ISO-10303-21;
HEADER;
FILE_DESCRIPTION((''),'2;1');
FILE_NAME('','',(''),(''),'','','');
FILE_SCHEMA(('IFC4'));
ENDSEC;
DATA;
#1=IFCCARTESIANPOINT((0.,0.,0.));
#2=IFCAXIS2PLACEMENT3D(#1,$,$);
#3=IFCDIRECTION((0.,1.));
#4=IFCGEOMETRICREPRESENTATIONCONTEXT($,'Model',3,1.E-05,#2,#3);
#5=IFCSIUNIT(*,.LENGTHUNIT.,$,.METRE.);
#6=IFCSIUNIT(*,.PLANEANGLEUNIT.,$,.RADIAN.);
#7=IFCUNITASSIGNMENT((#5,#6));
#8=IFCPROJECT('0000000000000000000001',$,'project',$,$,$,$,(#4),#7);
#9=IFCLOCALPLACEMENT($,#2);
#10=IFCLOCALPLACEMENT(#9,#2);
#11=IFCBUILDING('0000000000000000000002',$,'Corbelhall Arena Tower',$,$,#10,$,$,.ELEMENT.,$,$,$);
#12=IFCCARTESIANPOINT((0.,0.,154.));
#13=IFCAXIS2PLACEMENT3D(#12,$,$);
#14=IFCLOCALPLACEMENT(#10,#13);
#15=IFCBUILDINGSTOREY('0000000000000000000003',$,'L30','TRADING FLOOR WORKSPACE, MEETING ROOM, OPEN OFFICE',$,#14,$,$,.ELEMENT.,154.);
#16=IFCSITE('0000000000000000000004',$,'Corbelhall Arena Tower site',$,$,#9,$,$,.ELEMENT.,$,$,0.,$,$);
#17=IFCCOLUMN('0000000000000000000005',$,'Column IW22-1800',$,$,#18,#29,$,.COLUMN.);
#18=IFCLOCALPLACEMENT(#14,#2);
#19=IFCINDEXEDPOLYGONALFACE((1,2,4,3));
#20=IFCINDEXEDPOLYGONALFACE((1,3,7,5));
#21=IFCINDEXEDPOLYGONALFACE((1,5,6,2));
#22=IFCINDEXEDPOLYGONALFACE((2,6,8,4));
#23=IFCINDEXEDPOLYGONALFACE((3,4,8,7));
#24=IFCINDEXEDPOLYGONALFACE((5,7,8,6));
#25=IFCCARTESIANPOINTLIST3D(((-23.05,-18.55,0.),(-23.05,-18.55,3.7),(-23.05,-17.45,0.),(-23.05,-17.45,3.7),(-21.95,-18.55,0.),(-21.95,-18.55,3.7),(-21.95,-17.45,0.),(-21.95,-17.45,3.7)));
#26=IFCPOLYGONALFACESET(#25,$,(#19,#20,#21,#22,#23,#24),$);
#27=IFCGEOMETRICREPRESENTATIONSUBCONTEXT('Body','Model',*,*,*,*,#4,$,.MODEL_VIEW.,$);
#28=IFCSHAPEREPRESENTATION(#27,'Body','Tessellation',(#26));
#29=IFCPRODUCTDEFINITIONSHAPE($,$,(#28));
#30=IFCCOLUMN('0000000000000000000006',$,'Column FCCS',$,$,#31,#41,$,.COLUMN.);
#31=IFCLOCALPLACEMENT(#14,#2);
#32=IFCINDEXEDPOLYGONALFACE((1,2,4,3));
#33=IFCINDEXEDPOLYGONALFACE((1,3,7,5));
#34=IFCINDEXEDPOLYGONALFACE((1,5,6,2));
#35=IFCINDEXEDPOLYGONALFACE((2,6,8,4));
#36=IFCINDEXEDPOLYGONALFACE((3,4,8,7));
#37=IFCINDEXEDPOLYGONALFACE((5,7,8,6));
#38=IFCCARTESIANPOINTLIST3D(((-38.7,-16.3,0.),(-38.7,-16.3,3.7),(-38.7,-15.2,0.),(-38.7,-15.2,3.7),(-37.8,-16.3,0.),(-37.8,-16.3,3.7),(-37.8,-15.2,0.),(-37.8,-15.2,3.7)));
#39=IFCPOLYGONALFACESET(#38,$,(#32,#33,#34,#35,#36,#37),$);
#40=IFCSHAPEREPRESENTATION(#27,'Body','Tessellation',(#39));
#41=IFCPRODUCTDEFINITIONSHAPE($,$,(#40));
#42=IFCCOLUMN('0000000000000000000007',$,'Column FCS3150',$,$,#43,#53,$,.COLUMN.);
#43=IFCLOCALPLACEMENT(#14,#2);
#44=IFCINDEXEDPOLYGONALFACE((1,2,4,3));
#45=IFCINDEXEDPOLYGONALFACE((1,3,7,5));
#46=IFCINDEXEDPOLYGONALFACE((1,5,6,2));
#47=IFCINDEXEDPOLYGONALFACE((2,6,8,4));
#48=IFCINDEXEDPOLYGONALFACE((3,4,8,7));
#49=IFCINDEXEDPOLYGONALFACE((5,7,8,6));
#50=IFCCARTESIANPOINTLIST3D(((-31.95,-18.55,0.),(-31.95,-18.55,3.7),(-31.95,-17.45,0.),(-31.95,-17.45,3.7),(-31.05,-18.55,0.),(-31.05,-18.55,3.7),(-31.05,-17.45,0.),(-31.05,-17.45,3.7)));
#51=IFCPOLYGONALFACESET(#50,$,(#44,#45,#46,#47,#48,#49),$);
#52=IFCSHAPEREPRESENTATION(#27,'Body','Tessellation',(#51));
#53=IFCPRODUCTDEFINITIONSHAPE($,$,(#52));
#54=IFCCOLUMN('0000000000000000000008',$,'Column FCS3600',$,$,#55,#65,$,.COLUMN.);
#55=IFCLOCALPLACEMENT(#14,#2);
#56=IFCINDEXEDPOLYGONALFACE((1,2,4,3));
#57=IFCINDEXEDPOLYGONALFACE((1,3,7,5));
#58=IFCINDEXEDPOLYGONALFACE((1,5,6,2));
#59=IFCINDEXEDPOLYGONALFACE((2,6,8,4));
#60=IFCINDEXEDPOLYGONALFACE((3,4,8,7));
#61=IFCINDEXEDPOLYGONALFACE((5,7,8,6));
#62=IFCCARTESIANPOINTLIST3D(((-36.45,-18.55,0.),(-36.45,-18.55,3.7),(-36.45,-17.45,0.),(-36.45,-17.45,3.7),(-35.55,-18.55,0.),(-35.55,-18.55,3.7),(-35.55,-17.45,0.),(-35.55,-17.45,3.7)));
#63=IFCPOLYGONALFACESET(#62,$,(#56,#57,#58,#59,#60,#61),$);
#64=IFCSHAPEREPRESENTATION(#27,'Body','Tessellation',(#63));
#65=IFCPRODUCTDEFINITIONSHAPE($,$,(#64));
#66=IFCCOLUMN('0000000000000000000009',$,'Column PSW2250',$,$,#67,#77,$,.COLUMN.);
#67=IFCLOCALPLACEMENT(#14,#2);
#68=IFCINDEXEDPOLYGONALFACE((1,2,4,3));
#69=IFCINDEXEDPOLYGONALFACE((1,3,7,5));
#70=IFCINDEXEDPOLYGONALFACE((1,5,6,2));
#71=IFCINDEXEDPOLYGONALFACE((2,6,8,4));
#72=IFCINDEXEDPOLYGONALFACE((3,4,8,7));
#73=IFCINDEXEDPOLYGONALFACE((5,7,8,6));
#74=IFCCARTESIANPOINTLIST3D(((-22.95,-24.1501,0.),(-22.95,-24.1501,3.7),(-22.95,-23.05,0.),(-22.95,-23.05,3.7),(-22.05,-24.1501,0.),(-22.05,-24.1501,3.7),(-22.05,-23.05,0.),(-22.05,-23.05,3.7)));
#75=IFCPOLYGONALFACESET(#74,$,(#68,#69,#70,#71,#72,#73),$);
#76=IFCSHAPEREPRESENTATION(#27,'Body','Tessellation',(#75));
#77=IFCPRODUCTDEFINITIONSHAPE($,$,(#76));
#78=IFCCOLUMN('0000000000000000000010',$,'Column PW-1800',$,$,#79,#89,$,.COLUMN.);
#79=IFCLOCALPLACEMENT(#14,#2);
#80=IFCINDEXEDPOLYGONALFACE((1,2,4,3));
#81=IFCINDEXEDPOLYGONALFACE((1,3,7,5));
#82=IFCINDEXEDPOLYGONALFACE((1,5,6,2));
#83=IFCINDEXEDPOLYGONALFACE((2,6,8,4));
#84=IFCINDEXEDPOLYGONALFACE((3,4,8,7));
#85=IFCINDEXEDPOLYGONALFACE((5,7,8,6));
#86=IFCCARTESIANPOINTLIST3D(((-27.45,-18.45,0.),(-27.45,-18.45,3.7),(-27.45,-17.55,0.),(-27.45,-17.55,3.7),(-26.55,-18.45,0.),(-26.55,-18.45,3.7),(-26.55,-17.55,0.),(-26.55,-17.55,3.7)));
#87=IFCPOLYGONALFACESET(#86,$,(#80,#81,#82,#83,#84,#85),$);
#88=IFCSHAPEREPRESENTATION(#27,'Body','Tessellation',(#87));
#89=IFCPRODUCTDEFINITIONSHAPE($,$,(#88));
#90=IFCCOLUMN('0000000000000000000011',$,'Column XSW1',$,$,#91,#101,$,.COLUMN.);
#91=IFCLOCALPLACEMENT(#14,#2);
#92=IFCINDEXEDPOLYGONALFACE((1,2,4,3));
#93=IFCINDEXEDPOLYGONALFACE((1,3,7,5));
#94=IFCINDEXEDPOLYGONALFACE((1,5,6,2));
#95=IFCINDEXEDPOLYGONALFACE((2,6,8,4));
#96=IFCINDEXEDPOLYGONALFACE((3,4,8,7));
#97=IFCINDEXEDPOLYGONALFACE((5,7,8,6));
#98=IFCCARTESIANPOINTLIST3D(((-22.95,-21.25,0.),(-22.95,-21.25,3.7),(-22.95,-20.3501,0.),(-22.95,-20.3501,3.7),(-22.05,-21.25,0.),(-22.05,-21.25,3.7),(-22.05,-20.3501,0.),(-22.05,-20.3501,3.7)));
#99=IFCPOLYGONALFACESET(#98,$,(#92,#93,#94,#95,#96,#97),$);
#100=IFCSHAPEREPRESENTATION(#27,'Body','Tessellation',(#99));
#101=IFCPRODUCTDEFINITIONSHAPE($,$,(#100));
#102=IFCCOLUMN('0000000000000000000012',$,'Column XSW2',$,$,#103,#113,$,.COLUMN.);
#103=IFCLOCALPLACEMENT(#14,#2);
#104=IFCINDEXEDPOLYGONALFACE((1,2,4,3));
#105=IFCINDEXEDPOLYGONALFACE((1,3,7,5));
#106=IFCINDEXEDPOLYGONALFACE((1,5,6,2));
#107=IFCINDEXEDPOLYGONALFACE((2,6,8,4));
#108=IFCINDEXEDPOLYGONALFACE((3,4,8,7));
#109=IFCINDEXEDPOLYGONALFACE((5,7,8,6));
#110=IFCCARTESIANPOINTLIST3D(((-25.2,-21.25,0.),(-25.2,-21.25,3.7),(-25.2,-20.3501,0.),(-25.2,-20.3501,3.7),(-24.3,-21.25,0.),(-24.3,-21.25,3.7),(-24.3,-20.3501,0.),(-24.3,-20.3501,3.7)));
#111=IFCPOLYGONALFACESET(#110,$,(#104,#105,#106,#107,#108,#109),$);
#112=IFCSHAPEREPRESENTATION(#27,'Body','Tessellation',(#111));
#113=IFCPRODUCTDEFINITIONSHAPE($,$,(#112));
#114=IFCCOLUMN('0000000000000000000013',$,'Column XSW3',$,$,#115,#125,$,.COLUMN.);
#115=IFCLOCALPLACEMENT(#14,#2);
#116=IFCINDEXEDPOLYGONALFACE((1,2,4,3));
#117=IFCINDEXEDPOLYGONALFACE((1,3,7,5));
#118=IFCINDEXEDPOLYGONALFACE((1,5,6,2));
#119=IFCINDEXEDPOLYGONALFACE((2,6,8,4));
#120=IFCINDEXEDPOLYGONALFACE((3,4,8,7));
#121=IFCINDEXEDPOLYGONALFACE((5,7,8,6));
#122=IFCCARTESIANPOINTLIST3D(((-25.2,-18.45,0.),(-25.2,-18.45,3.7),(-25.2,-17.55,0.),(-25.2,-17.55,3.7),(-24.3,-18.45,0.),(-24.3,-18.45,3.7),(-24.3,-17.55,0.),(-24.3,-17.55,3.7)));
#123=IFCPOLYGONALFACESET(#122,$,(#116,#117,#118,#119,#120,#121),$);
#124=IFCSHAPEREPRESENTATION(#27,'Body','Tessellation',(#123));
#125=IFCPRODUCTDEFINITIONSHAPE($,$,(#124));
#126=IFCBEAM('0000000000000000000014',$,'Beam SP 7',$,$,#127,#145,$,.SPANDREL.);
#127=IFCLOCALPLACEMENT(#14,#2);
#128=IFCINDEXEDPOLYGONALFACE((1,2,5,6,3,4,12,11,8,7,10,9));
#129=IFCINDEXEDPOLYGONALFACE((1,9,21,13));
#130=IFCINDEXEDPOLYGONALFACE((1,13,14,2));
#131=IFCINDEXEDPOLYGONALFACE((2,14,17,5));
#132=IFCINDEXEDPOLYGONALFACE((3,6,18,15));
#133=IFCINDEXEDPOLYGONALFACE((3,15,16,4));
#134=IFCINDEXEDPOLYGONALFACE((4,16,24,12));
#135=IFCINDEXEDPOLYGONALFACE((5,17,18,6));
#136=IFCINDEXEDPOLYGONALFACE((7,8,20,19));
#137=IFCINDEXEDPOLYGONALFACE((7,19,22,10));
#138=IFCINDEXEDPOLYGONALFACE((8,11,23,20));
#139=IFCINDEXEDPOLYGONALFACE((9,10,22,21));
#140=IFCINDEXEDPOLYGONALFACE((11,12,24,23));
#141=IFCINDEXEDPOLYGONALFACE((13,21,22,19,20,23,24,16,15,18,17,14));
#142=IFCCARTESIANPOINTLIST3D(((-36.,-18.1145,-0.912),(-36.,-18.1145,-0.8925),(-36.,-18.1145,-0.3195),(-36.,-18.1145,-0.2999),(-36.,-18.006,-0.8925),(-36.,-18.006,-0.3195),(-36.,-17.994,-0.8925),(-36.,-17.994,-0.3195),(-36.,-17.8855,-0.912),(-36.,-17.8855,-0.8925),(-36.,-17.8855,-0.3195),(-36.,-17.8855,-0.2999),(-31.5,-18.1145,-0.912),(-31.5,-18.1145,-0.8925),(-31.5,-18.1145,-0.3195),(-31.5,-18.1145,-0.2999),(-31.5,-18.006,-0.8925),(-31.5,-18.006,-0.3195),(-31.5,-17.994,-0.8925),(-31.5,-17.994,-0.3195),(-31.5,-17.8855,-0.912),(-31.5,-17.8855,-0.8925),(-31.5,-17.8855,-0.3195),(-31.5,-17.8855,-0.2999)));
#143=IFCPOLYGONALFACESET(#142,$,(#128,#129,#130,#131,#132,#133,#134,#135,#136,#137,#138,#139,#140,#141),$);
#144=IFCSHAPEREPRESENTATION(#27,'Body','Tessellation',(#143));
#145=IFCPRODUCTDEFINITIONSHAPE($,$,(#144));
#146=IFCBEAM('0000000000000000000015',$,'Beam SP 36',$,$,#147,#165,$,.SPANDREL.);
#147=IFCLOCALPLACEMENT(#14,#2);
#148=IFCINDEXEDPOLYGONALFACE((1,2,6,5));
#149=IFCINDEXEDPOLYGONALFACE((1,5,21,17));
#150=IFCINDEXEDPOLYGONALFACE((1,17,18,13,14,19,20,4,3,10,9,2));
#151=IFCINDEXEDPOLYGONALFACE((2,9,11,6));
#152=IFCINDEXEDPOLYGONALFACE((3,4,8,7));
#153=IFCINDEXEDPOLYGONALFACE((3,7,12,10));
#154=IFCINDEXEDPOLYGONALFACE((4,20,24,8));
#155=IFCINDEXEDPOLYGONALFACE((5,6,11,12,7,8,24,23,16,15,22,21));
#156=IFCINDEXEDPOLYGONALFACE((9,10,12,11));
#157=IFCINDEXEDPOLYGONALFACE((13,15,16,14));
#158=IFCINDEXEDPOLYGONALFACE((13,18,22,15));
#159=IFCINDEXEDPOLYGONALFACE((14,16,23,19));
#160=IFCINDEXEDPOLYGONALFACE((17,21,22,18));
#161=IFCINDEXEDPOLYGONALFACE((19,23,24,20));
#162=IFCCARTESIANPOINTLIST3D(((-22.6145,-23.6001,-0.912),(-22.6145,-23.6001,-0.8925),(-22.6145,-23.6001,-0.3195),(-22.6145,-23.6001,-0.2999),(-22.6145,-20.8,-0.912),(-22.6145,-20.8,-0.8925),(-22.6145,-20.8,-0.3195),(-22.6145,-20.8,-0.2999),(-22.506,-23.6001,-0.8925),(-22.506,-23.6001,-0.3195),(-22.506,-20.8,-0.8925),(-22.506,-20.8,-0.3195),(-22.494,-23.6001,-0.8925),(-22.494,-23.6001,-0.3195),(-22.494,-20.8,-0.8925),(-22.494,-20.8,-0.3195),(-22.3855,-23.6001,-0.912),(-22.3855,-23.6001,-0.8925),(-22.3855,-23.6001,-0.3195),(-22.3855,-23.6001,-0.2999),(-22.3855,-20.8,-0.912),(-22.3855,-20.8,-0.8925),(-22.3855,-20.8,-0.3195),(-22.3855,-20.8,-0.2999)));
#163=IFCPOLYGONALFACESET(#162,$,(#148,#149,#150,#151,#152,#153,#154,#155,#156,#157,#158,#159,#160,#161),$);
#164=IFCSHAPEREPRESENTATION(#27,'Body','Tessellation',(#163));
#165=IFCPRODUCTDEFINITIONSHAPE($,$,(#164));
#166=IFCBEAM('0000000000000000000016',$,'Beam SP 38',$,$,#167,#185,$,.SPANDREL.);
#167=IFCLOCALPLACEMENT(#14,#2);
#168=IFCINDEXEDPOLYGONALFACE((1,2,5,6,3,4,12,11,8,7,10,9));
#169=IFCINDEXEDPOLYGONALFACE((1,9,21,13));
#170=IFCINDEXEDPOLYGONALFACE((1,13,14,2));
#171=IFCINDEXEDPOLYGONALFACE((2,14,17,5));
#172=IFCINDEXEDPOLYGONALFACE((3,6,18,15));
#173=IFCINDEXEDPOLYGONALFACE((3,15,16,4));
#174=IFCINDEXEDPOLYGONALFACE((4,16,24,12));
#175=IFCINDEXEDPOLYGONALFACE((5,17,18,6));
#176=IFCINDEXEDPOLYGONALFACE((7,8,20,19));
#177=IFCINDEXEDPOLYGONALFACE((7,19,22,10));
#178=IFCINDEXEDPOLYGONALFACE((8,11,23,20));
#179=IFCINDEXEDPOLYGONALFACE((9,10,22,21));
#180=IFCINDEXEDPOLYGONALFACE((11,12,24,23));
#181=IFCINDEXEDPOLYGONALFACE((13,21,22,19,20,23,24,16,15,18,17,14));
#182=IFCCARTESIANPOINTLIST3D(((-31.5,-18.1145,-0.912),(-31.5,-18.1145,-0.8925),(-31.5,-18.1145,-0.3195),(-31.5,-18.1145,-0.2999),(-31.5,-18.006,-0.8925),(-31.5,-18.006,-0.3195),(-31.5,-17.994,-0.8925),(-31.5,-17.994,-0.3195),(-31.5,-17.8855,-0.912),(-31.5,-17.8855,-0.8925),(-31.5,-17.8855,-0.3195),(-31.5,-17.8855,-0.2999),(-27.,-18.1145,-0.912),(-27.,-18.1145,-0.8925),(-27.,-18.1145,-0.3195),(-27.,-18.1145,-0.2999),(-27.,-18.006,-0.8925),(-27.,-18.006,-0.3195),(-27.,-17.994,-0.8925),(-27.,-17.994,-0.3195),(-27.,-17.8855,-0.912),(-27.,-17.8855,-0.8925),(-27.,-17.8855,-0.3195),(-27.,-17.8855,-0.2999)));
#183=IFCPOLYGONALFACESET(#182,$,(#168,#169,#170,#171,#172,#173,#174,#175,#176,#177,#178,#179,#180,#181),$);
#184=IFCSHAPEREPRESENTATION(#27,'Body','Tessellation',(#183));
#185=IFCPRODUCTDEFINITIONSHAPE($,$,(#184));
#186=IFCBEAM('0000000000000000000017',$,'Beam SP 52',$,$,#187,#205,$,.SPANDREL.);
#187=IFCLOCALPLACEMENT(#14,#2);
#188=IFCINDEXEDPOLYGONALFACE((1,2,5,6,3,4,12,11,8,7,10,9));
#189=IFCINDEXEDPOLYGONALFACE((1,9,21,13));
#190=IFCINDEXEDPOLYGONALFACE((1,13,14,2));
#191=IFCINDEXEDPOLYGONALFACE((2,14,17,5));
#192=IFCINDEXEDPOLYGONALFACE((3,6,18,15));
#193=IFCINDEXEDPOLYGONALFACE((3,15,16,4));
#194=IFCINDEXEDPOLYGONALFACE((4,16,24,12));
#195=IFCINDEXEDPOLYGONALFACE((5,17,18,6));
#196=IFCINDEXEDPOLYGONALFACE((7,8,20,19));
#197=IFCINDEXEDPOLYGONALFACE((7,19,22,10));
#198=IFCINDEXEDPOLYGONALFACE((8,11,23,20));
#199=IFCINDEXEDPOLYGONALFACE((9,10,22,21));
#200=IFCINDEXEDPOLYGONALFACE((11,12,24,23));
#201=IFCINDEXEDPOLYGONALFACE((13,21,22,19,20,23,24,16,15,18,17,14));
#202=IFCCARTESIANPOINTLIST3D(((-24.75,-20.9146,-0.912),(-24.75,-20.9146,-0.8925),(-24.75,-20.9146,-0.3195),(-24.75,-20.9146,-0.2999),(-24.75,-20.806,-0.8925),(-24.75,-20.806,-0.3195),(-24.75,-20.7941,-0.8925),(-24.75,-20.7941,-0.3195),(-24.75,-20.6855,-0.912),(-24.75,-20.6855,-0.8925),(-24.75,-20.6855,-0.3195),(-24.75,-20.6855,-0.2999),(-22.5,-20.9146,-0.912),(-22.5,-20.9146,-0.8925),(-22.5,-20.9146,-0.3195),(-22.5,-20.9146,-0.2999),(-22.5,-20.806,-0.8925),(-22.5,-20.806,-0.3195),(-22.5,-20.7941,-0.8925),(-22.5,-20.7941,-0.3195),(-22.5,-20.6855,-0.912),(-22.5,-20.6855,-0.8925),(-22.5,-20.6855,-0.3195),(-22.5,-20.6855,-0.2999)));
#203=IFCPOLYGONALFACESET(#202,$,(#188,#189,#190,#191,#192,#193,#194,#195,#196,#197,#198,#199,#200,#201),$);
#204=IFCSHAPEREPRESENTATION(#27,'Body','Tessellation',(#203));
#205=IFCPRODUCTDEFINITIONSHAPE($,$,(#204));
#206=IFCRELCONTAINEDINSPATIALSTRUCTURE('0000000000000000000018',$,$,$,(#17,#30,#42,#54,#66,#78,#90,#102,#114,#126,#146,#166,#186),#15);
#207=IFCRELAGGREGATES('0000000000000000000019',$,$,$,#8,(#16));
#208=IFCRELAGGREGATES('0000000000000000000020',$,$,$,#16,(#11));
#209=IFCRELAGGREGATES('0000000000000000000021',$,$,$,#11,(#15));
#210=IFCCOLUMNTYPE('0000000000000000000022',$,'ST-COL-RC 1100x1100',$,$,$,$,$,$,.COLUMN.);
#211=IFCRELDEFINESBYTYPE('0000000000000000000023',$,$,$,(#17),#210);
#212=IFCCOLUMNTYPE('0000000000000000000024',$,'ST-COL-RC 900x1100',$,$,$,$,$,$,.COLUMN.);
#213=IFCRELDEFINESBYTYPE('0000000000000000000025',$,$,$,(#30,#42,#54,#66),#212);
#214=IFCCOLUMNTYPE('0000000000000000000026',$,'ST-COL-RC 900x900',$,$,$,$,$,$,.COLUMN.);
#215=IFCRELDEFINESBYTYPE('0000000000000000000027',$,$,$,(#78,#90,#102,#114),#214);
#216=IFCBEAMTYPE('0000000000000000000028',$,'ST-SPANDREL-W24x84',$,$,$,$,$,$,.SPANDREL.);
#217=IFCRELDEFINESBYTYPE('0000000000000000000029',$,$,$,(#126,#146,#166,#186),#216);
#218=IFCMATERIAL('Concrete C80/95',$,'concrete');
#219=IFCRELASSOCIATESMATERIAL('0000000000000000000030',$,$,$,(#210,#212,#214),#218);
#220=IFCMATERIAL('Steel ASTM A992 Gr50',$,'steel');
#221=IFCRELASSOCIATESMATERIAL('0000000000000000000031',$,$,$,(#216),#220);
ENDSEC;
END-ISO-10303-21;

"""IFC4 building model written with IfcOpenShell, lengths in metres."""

from ifc_helpers import new_model, si_unit, direction, frame, origin, origin_2d, place, context, subcontext, project, spatial, rectangle, i_section, extrude, material, material_profile, profile_set, type_object, element, save


model = new_model("IFC4")

# Units and contexts
model_context = context("Model", 3, precision=1e-05, world=origin(), true_north=direction((0.0, 1.0)))
body_context = subcontext(model_context, "Body", "Model", "MODEL_VIEW")
ifc_project = project(units=[si_unit("LENGTHUNIT", "METRE"), si_unit("PLANEANGLEUNIT", "RADIAN")], contexts=[model_context])

# Site, building, storey
site_placement = place(None, origin())
site = spatial("IfcSite", under=ifc_project, at=site_placement, Name="Corbelhall Arena Tower site", CompositionType="ELEMENT", RefElevation=0.0)
building_placement = place(site_placement, origin())
building = spatial("IfcBuilding", under=site, at=building_placement, Name="Corbelhall Arena Tower", CompositionType="ELEMENT")
storey_placement = place(building_placement, frame((0.0, 0.0, 154.0)))
storey = spatial("IfcBuildingStorey", under=building, at=storey_placement, Name="L30", Description="TRADING FLOOR WORKSPACE, MEETING ROOM, OPEN OFFICE", CompositionType="ELEMENT", Elevation=154.0)

# Columns
ifc_material_1 = material(Name="Concrete C80/95", Category="concrete")
ifc_material_profile_1 = material_profile(ifc_material_1, rectangle(XDim=1.1001, YDim=1.1001, at=origin_2d()))
ifc_profile_set_1 = profile_set([ifc_material_profile_1], Name="Concrete C80/95")
column_type_1 = type_object("IfcColumnType", Name="ST-COL-RC 1100x1100", PredefinedType="COLUMN", material=ifc_profile_set_1)
column_placement = place(storey_placement, frame((-22.5, -18.0, 0.0), z_axis=(0.0, 0.0, 1.0), x_axis=(1.0, 0.0, 0.0)))
element("IfcColumn", 1, at=column_placement, inside=storey, type_object=column_type_1, Name="Column IW22-1800", PredefinedType="COLUMN", context=body_context, shape_type="SweptSolid", body=[
    extrude(rectangle(XDim=1.1001, YDim=1.1001, at=origin_2d()), origin(), (0.0, 0.0, 1.0), 3.7),
])
ifc_material_profile_2 = material_profile(ifc_material_1, rectangle(XDim=0.8999, YDim=1.1001, at=origin_2d()))
ifc_profile_set_2 = profile_set([ifc_material_profile_2], Name="Concrete C80/95")
column_type_2 = type_object("IfcColumnType", Name="ST-COL-RC 900x1100", PredefinedType="COLUMN", material=ifc_profile_set_2)
for number, where, z_axis, x_axis, name in (
    (2, (-38.25, -15.75, 0.0), (0.0, 0.0, 1.0), (1.0, 0.0, 0.0), "Column FCCS"),
    (3, (-31.5, -18.0, 0.0), (0.0, 0.0, 1.0), (1.0, 0.0, 0.0), "Column FCS3150"),
    (4, (-36.0, -18.0, 0.0), (0.0, 0.0, 1.0), (1.0, 0.0, 0.0), "Column FCS3600"),
    (5, (-22.5, -23.6001, 0.0), (0.0, 0.0, 1.0), (1.0, 0.0, 0.0), "Column PSW2250"),
):
    element("IfcColumn", number, at=place(storey_placement, frame(where, z_axis=z_axis, x_axis=x_axis)), inside=storey, type_object=column_type_2, Name=name, PredefinedType="COLUMN", context=body_context, shape_type="SweptSolid", body=[
        extrude(rectangle(XDim=0.8999, YDim=1.1001, at=origin_2d()), origin(), (0.0, 0.0, 1.0), 3.7),
    ])
ifc_material_profile_3 = material_profile(ifc_material_1, rectangle(XDim=0.8999, YDim=0.8999, at=origin_2d()))
ifc_profile_set_3 = profile_set([ifc_material_profile_3], Name="Concrete C80/95")
column_type_3 = type_object("IfcColumnType", Name="ST-COL-RC 900x900", PredefinedType="COLUMN", material=ifc_profile_set_3)
for number, where, z_axis, x_axis, name in (
    (6, (-27.0, -18.0, 0.0), (0.0, 0.0, 1.0), (1.0, 0.0, 0.0), "Column PW-1800"),
    (7, (-22.5, -20.8, 0.0), (0.0, 0.0, 1.0), (1.0, 0.0, 0.0), "Column XSW1"),
    (8, (-24.75, -20.8, 0.0), (0.0, 0.0, 1.0), (1.0, 0.0, 0.0), "Column XSW2"),
    (9, (-24.75, -18.0, 0.0), (0.0, 0.0, 1.0), (1.0, 0.0, 0.0), "Column XSW3"),
):
    element("IfcColumn", number, at=place(storey_placement, frame(where, z_axis=z_axis, x_axis=x_axis)), inside=storey, type_object=column_type_3, Name=name, PredefinedType="COLUMN", context=body_context, shape_type="SweptSolid", body=[
        extrude(rectangle(XDim=0.8999, YDim=0.8999, at=origin_2d()), origin(), (0.0, 0.0, 1.0), 3.7),
    ])

# Beams
ifc_material_2 = material(Name="Steel ASTM A992 Gr50", Category="steel")
ifc_material_profile_4 = material_profile(ifc_material_2, i_section(OverallWidth=0.229, OverallDepth=0.6121, WebThickness=0.012, FlangeThickness=0.0195, at=origin_2d()))
ifc_profile_set_4 = profile_set([ifc_material_profile_4], Name="Steel ASTM A992 Gr50")
beam_type = type_object("IfcBeamType", Name="ST-SPANDREL-W24x84", PredefinedType="SPANDREL", material=ifc_profile_set_4)
beam_1_placement = place(storey_placement, frame((-31.5, -18.0, -0.606), z_axis=(-1.0, 0.0, 0.0), x_axis=(0.0, -1.0, 0.0)))
element("IfcBeam", 10, at=beam_1_placement, inside=storey, type_object=beam_type, Name="Beam SP 7", PredefinedType="SPANDREL", context=body_context, shape_type="SweptSolid", body=[
    extrude(i_section(OverallWidth=0.229, OverallDepth=0.6121, WebThickness=0.012, FlangeThickness=0.0195, at=origin_2d()), origin(), (0.0, 0.0, 1.0), 4.5),
])
beam_2_placement = place(storey_placement, frame((-22.5, -23.6001, -0.606), z_axis=(0.0, 1.0, 0.0), x_axis=(-1.0, 0.0, 0.0)))
element("IfcBeam", 11, at=beam_2_placement, inside=storey, type_object=beam_type, Name="Beam SP 36", PredefinedType="SPANDREL", context=body_context, shape_type="SweptSolid", body=[
    extrude(i_section(OverallWidth=0.229, OverallDepth=0.6121, WebThickness=0.012, FlangeThickness=0.0195, at=origin_2d()), origin(), (0.0, 0.0, 1.0), 2.8),
])
beam_3_placement = place(storey_placement, frame((-27.0, -18.0, -0.606), z_axis=(-1.0, 0.0, 0.0), x_axis=(0.0, -1.0, 0.0)))
element("IfcBeam", 12, at=beam_3_placement, inside=storey, type_object=beam_type, Name="Beam SP 38", PredefinedType="SPANDREL", context=body_context, shape_type="SweptSolid", body=[
    extrude(i_section(OverallWidth=0.229, OverallDepth=0.6121, WebThickness=0.012, FlangeThickness=0.0195, at=origin_2d()), origin(), (0.0, 0.0, 1.0), 4.5),
])
beam_4_placement = place(storey_placement, frame((-22.5, -20.8, -0.606), z_axis=(-1.0, 0.0, 0.0), x_axis=(0.0, -1.0, 0.0)))
element("IfcBeam", 13, at=beam_4_placement, inside=storey, type_object=beam_type, Name="Beam SP 52", PredefinedType="SPANDREL", context=body_context, shape_type="SweptSolid", body=[
    extrude(i_section(OverallWidth=0.229, OverallDepth=0.6121, WebThickness=0.012, FlangeThickness=0.0195, at=origin_2d()), origin(), (0.0, 0.0, 1.0), 2.25),
])

save(model, "model.ifc")
